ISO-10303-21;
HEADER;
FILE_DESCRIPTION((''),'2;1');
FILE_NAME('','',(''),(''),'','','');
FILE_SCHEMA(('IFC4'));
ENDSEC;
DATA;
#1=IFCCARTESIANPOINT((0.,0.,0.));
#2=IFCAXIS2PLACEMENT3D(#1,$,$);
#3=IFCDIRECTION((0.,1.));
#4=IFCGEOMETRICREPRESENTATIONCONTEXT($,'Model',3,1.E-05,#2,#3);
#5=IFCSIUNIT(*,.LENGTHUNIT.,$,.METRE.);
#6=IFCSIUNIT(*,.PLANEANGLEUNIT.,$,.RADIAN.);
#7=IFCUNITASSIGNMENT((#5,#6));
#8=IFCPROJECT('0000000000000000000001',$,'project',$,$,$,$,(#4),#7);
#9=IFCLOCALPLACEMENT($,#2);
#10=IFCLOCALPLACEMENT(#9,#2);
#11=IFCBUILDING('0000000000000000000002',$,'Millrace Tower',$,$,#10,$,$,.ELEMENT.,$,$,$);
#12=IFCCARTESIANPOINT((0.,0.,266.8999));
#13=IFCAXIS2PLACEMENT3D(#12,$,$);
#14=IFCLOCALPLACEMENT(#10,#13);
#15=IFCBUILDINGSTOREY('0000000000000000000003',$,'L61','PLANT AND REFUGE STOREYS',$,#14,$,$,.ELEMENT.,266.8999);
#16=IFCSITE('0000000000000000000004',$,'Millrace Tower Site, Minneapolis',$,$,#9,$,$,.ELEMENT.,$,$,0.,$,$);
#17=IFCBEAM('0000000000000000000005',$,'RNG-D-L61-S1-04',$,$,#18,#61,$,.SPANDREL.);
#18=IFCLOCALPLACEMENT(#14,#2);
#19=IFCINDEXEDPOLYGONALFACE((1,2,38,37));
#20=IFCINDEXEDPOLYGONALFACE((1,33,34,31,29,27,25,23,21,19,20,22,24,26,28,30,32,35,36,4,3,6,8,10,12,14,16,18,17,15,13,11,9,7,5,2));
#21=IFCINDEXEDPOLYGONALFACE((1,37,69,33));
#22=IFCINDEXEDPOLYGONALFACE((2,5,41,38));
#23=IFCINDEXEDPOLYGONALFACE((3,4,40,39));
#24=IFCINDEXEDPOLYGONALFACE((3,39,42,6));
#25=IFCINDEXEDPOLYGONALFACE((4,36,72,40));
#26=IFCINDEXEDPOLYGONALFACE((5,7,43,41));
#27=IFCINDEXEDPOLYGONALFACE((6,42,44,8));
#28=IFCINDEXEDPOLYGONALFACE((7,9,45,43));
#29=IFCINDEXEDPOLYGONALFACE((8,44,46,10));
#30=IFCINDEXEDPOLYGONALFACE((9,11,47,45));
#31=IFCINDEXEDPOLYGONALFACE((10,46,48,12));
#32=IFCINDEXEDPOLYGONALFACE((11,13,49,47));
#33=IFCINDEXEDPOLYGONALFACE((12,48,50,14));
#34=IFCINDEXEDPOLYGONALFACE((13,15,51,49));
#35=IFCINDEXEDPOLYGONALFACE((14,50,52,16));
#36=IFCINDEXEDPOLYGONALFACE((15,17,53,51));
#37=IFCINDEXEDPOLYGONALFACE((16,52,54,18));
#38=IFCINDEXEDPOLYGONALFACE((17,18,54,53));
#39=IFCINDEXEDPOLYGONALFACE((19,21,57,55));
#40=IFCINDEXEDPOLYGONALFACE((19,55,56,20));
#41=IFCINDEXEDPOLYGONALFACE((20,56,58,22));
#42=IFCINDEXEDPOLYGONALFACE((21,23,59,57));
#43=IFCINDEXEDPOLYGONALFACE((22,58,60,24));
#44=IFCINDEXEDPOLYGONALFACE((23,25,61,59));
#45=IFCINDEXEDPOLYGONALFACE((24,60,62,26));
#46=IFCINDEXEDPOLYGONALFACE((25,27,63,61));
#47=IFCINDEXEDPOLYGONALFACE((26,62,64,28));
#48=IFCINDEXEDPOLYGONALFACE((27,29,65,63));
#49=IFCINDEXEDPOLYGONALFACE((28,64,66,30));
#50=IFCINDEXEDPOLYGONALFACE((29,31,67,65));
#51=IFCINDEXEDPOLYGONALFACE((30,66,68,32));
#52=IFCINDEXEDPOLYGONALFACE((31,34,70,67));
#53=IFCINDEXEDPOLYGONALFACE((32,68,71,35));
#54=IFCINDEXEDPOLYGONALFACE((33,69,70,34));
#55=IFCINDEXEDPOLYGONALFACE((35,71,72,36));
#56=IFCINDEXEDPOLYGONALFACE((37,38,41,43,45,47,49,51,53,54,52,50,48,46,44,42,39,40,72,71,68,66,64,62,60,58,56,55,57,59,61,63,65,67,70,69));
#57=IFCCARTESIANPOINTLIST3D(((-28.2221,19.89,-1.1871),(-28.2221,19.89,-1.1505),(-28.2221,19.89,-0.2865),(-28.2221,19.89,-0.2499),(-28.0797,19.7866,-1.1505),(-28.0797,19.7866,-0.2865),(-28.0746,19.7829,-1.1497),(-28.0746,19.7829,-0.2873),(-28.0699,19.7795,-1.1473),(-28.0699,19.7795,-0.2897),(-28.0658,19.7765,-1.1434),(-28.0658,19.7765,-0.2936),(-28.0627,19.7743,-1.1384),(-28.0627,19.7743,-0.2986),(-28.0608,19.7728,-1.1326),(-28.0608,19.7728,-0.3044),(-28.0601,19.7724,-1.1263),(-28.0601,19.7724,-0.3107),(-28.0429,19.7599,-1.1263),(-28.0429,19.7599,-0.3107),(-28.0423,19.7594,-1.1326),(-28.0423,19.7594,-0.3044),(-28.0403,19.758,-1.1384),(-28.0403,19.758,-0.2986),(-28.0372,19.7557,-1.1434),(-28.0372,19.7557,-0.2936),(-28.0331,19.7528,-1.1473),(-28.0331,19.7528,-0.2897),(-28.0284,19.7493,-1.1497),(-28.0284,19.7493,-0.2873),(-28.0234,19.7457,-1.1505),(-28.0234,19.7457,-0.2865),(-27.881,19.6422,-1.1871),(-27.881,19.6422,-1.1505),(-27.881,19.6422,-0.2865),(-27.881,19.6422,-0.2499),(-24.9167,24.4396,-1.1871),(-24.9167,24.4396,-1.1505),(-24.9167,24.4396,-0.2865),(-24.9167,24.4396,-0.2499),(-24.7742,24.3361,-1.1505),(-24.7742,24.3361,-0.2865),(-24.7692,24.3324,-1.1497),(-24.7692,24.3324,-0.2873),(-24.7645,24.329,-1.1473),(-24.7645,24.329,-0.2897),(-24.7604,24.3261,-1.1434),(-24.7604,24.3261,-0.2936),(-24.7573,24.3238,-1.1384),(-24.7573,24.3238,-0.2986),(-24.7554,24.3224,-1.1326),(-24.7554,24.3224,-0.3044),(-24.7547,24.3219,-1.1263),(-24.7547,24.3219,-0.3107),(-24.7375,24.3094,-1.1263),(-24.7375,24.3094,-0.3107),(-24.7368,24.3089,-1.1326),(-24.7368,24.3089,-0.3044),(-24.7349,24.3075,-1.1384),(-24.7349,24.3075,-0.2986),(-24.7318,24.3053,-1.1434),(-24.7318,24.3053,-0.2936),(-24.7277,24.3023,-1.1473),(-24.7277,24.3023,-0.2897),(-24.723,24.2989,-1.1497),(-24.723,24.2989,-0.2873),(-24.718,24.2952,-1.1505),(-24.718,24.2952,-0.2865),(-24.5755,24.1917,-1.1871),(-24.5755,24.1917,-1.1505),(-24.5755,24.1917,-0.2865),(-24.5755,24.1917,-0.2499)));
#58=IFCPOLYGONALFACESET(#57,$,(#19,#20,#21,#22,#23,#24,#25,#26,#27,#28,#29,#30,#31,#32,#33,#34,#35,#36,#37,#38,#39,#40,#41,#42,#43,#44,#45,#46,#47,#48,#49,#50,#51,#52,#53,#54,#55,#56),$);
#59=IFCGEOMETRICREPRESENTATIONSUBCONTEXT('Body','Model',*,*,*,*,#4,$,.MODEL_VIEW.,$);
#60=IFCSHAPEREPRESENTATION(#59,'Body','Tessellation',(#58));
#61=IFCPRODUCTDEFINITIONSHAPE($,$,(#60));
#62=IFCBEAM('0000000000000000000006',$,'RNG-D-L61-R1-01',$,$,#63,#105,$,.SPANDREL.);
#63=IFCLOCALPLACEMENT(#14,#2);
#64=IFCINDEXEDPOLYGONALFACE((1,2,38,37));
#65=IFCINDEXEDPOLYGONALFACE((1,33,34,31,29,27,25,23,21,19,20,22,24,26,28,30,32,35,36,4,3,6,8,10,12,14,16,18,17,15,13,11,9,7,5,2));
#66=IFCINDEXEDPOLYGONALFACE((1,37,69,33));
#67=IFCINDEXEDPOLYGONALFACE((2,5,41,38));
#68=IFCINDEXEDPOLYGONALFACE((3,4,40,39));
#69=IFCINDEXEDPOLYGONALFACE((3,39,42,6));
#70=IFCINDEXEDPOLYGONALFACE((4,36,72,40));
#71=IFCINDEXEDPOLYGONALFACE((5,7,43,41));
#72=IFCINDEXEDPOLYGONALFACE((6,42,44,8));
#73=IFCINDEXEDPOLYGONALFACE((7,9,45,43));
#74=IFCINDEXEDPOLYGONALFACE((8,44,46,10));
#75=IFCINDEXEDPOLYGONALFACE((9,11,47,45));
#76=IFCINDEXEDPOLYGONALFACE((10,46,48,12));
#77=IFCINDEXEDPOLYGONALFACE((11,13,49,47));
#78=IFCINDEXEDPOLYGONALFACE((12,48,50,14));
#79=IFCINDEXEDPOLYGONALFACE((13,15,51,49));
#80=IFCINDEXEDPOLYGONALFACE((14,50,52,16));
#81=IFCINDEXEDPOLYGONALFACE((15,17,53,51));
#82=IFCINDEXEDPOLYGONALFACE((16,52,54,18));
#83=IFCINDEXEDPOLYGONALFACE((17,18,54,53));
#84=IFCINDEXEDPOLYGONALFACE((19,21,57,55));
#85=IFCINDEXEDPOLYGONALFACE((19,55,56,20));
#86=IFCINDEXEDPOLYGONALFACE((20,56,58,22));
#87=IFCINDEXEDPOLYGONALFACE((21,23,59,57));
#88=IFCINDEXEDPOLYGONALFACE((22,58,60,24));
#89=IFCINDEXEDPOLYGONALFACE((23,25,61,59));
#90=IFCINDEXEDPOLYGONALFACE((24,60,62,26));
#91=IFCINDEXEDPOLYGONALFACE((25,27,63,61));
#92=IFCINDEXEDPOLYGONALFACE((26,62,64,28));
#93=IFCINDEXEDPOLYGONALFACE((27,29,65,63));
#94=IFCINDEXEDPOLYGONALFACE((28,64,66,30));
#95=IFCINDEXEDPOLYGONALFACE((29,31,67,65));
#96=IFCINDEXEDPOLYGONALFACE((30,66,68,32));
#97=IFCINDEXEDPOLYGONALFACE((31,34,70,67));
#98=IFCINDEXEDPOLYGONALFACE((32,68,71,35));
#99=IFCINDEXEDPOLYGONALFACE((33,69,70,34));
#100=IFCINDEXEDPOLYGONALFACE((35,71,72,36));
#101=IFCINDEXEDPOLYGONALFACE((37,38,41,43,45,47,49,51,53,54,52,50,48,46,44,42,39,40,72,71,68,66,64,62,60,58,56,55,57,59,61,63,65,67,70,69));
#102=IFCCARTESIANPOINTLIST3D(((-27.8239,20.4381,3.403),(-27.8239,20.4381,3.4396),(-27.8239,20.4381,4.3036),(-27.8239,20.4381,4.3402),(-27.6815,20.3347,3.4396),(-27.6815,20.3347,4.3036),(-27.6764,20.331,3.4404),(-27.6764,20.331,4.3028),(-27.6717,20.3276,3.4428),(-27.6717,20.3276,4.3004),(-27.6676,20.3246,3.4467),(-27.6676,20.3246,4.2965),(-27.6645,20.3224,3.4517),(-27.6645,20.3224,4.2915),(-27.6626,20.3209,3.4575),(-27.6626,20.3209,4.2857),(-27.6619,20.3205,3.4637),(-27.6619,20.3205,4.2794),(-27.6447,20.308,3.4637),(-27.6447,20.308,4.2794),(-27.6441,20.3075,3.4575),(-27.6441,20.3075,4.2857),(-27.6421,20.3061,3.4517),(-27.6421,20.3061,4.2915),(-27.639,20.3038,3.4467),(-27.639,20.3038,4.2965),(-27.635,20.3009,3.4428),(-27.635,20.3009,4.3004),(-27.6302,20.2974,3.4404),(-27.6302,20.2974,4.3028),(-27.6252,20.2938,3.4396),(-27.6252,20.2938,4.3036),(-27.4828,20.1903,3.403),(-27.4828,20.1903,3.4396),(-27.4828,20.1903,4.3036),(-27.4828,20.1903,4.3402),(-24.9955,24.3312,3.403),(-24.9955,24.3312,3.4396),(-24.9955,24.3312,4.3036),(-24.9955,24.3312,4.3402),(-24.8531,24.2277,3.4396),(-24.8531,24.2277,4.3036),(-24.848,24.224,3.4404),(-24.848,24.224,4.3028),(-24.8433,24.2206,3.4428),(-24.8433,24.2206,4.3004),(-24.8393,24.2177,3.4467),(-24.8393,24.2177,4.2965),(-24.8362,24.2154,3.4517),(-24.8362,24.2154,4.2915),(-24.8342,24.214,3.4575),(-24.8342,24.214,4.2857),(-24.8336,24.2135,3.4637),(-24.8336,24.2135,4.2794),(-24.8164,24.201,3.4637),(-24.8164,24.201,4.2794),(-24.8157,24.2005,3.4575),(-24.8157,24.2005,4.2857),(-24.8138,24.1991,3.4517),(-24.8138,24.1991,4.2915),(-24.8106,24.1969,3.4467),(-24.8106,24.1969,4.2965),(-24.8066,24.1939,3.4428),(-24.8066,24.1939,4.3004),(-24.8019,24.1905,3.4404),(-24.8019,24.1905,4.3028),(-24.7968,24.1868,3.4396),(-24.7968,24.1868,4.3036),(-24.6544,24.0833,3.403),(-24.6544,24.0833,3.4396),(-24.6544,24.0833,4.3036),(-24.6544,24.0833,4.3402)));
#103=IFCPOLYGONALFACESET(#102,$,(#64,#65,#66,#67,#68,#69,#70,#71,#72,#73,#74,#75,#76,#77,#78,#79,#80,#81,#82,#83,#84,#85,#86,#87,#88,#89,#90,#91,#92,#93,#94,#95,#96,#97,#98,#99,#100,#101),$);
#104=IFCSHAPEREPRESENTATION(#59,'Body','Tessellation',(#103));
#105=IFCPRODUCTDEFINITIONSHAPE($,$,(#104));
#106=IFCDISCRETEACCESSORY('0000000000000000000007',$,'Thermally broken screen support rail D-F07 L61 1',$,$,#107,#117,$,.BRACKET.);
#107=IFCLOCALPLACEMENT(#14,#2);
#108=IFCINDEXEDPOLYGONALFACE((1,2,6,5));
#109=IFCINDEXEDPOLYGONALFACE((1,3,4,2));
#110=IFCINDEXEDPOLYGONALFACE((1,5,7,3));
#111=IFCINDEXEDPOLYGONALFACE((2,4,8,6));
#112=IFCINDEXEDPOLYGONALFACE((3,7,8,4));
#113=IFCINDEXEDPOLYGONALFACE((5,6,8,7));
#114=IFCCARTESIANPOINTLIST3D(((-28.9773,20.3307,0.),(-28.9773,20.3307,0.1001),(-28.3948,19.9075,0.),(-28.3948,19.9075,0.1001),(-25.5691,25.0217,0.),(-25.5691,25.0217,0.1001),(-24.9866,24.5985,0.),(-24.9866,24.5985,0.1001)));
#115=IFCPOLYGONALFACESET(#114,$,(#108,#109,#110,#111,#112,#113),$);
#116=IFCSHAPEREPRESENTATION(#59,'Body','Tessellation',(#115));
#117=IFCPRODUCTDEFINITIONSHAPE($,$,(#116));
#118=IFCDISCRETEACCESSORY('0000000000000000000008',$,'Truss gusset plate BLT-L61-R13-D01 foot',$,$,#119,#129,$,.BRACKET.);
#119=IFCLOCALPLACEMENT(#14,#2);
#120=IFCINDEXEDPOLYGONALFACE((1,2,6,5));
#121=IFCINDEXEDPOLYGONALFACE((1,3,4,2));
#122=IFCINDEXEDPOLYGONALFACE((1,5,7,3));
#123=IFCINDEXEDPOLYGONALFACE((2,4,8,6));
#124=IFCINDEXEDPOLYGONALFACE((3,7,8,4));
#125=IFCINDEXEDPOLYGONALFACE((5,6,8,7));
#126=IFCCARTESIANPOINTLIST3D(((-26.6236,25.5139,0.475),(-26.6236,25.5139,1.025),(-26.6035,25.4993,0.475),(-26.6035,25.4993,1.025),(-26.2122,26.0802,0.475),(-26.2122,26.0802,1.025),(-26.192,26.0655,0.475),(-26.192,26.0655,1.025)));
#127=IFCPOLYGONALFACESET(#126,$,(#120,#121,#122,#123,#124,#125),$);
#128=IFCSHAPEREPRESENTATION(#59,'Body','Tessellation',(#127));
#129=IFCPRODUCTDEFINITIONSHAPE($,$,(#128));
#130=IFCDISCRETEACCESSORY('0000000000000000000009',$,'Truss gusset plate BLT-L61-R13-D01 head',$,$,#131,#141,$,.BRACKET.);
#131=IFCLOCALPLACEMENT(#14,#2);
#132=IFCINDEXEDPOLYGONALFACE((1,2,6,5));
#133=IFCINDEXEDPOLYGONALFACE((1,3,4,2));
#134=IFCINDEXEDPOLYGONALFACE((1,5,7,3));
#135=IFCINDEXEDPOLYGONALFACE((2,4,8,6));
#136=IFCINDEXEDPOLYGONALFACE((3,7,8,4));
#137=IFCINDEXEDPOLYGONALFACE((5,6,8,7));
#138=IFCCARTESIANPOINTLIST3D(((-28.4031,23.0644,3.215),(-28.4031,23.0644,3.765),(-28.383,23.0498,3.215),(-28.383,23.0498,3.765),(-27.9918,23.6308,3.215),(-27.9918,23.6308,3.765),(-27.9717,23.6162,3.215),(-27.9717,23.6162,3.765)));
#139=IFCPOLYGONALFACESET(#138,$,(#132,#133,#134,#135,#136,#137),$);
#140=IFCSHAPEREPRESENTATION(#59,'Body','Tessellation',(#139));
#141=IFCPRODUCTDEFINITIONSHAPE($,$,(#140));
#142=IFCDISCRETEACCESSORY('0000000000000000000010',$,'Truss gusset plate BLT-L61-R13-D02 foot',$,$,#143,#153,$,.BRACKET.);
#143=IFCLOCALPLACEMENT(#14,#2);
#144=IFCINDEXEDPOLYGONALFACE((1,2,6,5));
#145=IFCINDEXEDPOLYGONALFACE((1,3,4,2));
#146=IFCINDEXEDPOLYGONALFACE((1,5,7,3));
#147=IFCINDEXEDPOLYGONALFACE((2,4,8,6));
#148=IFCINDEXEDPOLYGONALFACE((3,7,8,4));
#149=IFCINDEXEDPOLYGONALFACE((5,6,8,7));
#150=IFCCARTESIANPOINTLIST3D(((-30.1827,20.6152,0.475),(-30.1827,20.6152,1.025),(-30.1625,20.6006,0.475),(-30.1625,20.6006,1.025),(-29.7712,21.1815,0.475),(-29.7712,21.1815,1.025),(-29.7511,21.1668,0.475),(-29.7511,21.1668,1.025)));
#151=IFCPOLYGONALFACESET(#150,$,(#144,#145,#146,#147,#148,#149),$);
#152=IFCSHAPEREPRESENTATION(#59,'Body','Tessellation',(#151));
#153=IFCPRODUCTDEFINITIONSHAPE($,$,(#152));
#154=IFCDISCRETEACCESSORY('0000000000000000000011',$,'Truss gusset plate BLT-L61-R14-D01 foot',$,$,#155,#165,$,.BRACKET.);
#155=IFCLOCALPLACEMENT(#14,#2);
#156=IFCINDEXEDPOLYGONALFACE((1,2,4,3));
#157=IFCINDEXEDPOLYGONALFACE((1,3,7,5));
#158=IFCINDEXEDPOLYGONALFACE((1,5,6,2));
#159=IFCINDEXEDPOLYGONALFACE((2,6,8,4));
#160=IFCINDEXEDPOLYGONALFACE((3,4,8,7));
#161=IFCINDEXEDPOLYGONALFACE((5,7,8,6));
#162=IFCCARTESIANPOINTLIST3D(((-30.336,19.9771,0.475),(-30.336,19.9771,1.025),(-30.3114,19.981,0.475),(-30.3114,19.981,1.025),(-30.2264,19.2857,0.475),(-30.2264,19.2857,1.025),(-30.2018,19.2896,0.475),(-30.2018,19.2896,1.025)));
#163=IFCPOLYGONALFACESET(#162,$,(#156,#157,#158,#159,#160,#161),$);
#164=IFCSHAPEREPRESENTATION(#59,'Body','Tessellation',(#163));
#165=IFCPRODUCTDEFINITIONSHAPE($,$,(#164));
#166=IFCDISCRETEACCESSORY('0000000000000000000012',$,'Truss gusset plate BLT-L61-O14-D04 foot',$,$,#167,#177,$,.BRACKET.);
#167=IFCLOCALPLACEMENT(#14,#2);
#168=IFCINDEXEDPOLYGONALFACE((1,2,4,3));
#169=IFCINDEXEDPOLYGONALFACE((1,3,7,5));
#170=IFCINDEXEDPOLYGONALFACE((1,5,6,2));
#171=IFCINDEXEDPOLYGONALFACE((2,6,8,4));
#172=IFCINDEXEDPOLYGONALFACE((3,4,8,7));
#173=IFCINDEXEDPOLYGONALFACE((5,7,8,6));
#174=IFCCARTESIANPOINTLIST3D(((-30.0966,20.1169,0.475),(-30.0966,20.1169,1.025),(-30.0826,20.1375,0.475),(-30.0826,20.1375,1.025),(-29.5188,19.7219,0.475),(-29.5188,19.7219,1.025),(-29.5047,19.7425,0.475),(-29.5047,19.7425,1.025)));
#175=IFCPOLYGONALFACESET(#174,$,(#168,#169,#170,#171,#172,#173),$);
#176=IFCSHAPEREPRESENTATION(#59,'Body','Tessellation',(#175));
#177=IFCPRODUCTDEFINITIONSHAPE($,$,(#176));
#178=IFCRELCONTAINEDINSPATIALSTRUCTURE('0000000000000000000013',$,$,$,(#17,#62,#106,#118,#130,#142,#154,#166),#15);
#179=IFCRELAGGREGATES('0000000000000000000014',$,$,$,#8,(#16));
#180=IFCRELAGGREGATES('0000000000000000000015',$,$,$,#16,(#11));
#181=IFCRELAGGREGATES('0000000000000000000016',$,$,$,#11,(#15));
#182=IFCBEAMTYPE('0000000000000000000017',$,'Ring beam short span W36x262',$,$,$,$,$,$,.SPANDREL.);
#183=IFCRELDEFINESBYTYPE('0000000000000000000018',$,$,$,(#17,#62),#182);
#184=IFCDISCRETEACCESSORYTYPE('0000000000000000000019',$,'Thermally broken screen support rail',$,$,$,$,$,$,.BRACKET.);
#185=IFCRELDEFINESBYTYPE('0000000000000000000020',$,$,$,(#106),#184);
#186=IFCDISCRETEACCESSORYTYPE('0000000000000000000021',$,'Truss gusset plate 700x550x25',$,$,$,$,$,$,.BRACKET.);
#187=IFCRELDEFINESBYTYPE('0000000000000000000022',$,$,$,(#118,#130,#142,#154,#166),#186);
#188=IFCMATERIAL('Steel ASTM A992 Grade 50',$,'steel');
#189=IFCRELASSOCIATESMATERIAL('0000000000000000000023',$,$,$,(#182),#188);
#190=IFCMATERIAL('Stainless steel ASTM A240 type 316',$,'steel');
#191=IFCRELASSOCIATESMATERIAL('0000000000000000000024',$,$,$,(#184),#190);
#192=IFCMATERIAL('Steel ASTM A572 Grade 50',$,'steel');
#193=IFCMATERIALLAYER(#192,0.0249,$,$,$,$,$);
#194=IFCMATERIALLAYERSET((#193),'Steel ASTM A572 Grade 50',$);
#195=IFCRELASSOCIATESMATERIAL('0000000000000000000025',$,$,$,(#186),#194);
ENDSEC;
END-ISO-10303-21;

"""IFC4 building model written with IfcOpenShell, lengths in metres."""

from ifc_helpers import new_model, si_unit, direction, frame, origin, origin_2d, place, context, subcontext, project, spatial, rectangle, i_section, extrude, material, layer, layer_set, material_profile, profile_set, type_object, element, save


model = new_model("IFC4")

# Units and contexts
model_context = context("Model", 3, precision=1e-05, world=origin(), true_north=direction((0.0, 1.0)))
body_context = subcontext(model_context, "Body", "Model", "MODEL_VIEW")
ifc_project = project(units=[si_unit("LENGTHUNIT", "METRE"), si_unit("PLANEANGLEUNIT", "RADIAN")], contexts=[model_context])

# Site, building, storey
site_placement = place(None, origin())
site = spatial("IfcSite", under=ifc_project, at=site_placement, Name="Millrace Tower Site, Minneapolis", CompositionType="ELEMENT", RefElevation=0.0)
building_placement = place(site_placement, origin())
building = spatial("IfcBuilding", under=site, at=building_placement, Name="Millrace Tower", CompositionType="ELEMENT")
storey_placement = place(building_placement, frame((0.0, 0.0, 266.8999)))
storey = spatial("IfcBuildingStorey", under=building, at=storey_placement, Name="L61", Description="PLANT AND REFUGE STOREYS", CompositionType="ELEMENT", Elevation=266.8999)

# Beams
ifc_material_1 = material(Name="Steel ASTM A992 Grade 50", Category="steel")
ifc_material_profile_1 = material_profile(ifc_material_1, i_section(OverallWidth=0.4216, OverallDepth=0.9373, WebThickness=0.0212, FlangeThickness=0.0366, FilletRadius=0.0242, at=origin_2d()))
ifc_profile_set_1 = profile_set([ifc_material_profile_1], Name="Steel ASTM A992 Grade 50")
beam_type_1 = type_object("IfcBeamType", Name="Ring beam short span W36x262", PredefinedType="SPANDREL", material=ifc_profile_set_1)
beam_1_placement = place(storey_placement, frame((-28.0515, 19.7661, -0.7185), z_axis=(0.587782, 0.809019, 0.0), x_axis=(-0.809019, 0.587782, 0.0)))
element("IfcBeam", 1, at=beam_1_placement, inside=storey, type_object=beam_type_1, Name="RNG-D-L61-S1-04", PredefinedType="SPANDREL", context=body_context, shape_type="SweptSolid", body=[
    extrude(i_section(OverallWidth=0.4216, OverallDepth=0.9373, WebThickness=0.0212, FlangeThickness=0.0366, FilletRadius=0.0242, at=origin_2d()), origin(), (0.0, 0.0, 1.0), 5.6235),
])
beam_2_placement = place(storey_placement, frame((-27.6533, 20.3142, 3.8716), z_axis=(0.58777, 0.809028, 0.0), x_axis=(-0.809028, 0.58777, 0.0)))
element("IfcBeam", 2, at=beam_2_placement, inside=storey, type_object=beam_type_1, Name="RNG-D-L61-R1-01", PredefinedType="SPANDREL", context=body_context, shape_type="SweptSolid", body=[
    extrude(i_section(OverallWidth=0.4216, OverallDepth=0.9373, WebThickness=0.0212, FlangeThickness=0.0366, FilletRadius=0.0242, at=origin_2d()), origin(), (0.0, 0.0, 1.0), 4.812),
])

# Discrete accessories
ifc_material_2 = material(Name="Stainless steel ASTM A240 type 316", Category="steel")
discrete_accessory_type_1 = type_object("IfcDiscreteAccessoryType", Name="Thermally broken screen support rail", PredefinedType="BRACKET", material=ifc_material_2)
discrete_accessory_placement = place(storey_placement, frame((-26.9819, 22.4646, 0.0), z_axis=(0.0, 0.0, 1.0), x_axis=(-0.587785, -0.809017, 0.0)))
element("IfcDiscreteAccessory", 3, at=discrete_accessory_placement, inside=storey, type_object=discrete_accessory_type_1, Name="Thermally broken screen support rail D-F07 L61 1", PredefinedType="BRACKET", context=body_context, shape_type="SweptSolid", body=[
    extrude(rectangle(XDim=5.7983, YDim=0.72, at=origin_2d()), origin(), (0.0, 0.0, 1.0), 0.1001),
])
ifc_material_3 = material(Name="Steel ASTM A572 Grade 50", Category="steel")
ifc_layer_1 = layer(ifc_material_3, 0.0249)
ifc_layer_set_1 = layer_set([ifc_layer_1], Name="Steel ASTM A572 Grade 50")
discrete_accessory_type_2 = type_object("IfcDiscreteAccessoryType", Name="Truss gusset plate 700x550x25", PredefinedType="BRACKET", material=ifc_layer_set_1)
for number, where, z_axis, x_axis, name in (
    (4, (-26.6135, 25.5066, 0.75), (0.587819, 0.808992, 0.0), (-0.808992, 0.587819, 0.0), "Truss gusset plate BLT-L61-R13-D01 foot"),
    (5, (-28.3931, 23.0571, 3.49), (0.587653, 0.809113, 0.0), (-0.809113, 0.587653, 0.0), "Truss gusset plate BLT-L61-R13-D01 head"),
    (6, (-30.1726, 20.6079, 0.75), (0.587819, 0.808992, 0.0), (-0.808992, 0.587819, 0.0), "Truss gusset plate BLT-L61-R13-D02 foot"),
    (7, (-30.3237, 19.979, 0.75), (0.156589, -0.987664, 0.0), (0.987664, 0.156589, 0.0), "Truss gusset plate BLT-L61-R14-D01 foot"),
    (8, (-30.0896, 20.1272, 0.75), (0.825555, -0.564321, 0.0), (0.564321, 0.825555, 0.0), "Truss gusset plate BLT-L61-O14-D04 foot"),
):
    element("IfcDiscreteAccessory", number, at=place(storey_placement, frame(where, z_axis=z_axis, x_axis=x_axis)), inside=storey, type_object=discrete_accessory_type_2, Name=name, PredefinedType="BRACKET", context=body_context, shape_type="SweptSolid", body=[
        extrude(rectangle(XDim=0.0249, YDim=0.55, at=origin_2d()), origin(), (0.0, 0.0, 1.0), 0.7),
    ])

save(model, "model.ifc")
